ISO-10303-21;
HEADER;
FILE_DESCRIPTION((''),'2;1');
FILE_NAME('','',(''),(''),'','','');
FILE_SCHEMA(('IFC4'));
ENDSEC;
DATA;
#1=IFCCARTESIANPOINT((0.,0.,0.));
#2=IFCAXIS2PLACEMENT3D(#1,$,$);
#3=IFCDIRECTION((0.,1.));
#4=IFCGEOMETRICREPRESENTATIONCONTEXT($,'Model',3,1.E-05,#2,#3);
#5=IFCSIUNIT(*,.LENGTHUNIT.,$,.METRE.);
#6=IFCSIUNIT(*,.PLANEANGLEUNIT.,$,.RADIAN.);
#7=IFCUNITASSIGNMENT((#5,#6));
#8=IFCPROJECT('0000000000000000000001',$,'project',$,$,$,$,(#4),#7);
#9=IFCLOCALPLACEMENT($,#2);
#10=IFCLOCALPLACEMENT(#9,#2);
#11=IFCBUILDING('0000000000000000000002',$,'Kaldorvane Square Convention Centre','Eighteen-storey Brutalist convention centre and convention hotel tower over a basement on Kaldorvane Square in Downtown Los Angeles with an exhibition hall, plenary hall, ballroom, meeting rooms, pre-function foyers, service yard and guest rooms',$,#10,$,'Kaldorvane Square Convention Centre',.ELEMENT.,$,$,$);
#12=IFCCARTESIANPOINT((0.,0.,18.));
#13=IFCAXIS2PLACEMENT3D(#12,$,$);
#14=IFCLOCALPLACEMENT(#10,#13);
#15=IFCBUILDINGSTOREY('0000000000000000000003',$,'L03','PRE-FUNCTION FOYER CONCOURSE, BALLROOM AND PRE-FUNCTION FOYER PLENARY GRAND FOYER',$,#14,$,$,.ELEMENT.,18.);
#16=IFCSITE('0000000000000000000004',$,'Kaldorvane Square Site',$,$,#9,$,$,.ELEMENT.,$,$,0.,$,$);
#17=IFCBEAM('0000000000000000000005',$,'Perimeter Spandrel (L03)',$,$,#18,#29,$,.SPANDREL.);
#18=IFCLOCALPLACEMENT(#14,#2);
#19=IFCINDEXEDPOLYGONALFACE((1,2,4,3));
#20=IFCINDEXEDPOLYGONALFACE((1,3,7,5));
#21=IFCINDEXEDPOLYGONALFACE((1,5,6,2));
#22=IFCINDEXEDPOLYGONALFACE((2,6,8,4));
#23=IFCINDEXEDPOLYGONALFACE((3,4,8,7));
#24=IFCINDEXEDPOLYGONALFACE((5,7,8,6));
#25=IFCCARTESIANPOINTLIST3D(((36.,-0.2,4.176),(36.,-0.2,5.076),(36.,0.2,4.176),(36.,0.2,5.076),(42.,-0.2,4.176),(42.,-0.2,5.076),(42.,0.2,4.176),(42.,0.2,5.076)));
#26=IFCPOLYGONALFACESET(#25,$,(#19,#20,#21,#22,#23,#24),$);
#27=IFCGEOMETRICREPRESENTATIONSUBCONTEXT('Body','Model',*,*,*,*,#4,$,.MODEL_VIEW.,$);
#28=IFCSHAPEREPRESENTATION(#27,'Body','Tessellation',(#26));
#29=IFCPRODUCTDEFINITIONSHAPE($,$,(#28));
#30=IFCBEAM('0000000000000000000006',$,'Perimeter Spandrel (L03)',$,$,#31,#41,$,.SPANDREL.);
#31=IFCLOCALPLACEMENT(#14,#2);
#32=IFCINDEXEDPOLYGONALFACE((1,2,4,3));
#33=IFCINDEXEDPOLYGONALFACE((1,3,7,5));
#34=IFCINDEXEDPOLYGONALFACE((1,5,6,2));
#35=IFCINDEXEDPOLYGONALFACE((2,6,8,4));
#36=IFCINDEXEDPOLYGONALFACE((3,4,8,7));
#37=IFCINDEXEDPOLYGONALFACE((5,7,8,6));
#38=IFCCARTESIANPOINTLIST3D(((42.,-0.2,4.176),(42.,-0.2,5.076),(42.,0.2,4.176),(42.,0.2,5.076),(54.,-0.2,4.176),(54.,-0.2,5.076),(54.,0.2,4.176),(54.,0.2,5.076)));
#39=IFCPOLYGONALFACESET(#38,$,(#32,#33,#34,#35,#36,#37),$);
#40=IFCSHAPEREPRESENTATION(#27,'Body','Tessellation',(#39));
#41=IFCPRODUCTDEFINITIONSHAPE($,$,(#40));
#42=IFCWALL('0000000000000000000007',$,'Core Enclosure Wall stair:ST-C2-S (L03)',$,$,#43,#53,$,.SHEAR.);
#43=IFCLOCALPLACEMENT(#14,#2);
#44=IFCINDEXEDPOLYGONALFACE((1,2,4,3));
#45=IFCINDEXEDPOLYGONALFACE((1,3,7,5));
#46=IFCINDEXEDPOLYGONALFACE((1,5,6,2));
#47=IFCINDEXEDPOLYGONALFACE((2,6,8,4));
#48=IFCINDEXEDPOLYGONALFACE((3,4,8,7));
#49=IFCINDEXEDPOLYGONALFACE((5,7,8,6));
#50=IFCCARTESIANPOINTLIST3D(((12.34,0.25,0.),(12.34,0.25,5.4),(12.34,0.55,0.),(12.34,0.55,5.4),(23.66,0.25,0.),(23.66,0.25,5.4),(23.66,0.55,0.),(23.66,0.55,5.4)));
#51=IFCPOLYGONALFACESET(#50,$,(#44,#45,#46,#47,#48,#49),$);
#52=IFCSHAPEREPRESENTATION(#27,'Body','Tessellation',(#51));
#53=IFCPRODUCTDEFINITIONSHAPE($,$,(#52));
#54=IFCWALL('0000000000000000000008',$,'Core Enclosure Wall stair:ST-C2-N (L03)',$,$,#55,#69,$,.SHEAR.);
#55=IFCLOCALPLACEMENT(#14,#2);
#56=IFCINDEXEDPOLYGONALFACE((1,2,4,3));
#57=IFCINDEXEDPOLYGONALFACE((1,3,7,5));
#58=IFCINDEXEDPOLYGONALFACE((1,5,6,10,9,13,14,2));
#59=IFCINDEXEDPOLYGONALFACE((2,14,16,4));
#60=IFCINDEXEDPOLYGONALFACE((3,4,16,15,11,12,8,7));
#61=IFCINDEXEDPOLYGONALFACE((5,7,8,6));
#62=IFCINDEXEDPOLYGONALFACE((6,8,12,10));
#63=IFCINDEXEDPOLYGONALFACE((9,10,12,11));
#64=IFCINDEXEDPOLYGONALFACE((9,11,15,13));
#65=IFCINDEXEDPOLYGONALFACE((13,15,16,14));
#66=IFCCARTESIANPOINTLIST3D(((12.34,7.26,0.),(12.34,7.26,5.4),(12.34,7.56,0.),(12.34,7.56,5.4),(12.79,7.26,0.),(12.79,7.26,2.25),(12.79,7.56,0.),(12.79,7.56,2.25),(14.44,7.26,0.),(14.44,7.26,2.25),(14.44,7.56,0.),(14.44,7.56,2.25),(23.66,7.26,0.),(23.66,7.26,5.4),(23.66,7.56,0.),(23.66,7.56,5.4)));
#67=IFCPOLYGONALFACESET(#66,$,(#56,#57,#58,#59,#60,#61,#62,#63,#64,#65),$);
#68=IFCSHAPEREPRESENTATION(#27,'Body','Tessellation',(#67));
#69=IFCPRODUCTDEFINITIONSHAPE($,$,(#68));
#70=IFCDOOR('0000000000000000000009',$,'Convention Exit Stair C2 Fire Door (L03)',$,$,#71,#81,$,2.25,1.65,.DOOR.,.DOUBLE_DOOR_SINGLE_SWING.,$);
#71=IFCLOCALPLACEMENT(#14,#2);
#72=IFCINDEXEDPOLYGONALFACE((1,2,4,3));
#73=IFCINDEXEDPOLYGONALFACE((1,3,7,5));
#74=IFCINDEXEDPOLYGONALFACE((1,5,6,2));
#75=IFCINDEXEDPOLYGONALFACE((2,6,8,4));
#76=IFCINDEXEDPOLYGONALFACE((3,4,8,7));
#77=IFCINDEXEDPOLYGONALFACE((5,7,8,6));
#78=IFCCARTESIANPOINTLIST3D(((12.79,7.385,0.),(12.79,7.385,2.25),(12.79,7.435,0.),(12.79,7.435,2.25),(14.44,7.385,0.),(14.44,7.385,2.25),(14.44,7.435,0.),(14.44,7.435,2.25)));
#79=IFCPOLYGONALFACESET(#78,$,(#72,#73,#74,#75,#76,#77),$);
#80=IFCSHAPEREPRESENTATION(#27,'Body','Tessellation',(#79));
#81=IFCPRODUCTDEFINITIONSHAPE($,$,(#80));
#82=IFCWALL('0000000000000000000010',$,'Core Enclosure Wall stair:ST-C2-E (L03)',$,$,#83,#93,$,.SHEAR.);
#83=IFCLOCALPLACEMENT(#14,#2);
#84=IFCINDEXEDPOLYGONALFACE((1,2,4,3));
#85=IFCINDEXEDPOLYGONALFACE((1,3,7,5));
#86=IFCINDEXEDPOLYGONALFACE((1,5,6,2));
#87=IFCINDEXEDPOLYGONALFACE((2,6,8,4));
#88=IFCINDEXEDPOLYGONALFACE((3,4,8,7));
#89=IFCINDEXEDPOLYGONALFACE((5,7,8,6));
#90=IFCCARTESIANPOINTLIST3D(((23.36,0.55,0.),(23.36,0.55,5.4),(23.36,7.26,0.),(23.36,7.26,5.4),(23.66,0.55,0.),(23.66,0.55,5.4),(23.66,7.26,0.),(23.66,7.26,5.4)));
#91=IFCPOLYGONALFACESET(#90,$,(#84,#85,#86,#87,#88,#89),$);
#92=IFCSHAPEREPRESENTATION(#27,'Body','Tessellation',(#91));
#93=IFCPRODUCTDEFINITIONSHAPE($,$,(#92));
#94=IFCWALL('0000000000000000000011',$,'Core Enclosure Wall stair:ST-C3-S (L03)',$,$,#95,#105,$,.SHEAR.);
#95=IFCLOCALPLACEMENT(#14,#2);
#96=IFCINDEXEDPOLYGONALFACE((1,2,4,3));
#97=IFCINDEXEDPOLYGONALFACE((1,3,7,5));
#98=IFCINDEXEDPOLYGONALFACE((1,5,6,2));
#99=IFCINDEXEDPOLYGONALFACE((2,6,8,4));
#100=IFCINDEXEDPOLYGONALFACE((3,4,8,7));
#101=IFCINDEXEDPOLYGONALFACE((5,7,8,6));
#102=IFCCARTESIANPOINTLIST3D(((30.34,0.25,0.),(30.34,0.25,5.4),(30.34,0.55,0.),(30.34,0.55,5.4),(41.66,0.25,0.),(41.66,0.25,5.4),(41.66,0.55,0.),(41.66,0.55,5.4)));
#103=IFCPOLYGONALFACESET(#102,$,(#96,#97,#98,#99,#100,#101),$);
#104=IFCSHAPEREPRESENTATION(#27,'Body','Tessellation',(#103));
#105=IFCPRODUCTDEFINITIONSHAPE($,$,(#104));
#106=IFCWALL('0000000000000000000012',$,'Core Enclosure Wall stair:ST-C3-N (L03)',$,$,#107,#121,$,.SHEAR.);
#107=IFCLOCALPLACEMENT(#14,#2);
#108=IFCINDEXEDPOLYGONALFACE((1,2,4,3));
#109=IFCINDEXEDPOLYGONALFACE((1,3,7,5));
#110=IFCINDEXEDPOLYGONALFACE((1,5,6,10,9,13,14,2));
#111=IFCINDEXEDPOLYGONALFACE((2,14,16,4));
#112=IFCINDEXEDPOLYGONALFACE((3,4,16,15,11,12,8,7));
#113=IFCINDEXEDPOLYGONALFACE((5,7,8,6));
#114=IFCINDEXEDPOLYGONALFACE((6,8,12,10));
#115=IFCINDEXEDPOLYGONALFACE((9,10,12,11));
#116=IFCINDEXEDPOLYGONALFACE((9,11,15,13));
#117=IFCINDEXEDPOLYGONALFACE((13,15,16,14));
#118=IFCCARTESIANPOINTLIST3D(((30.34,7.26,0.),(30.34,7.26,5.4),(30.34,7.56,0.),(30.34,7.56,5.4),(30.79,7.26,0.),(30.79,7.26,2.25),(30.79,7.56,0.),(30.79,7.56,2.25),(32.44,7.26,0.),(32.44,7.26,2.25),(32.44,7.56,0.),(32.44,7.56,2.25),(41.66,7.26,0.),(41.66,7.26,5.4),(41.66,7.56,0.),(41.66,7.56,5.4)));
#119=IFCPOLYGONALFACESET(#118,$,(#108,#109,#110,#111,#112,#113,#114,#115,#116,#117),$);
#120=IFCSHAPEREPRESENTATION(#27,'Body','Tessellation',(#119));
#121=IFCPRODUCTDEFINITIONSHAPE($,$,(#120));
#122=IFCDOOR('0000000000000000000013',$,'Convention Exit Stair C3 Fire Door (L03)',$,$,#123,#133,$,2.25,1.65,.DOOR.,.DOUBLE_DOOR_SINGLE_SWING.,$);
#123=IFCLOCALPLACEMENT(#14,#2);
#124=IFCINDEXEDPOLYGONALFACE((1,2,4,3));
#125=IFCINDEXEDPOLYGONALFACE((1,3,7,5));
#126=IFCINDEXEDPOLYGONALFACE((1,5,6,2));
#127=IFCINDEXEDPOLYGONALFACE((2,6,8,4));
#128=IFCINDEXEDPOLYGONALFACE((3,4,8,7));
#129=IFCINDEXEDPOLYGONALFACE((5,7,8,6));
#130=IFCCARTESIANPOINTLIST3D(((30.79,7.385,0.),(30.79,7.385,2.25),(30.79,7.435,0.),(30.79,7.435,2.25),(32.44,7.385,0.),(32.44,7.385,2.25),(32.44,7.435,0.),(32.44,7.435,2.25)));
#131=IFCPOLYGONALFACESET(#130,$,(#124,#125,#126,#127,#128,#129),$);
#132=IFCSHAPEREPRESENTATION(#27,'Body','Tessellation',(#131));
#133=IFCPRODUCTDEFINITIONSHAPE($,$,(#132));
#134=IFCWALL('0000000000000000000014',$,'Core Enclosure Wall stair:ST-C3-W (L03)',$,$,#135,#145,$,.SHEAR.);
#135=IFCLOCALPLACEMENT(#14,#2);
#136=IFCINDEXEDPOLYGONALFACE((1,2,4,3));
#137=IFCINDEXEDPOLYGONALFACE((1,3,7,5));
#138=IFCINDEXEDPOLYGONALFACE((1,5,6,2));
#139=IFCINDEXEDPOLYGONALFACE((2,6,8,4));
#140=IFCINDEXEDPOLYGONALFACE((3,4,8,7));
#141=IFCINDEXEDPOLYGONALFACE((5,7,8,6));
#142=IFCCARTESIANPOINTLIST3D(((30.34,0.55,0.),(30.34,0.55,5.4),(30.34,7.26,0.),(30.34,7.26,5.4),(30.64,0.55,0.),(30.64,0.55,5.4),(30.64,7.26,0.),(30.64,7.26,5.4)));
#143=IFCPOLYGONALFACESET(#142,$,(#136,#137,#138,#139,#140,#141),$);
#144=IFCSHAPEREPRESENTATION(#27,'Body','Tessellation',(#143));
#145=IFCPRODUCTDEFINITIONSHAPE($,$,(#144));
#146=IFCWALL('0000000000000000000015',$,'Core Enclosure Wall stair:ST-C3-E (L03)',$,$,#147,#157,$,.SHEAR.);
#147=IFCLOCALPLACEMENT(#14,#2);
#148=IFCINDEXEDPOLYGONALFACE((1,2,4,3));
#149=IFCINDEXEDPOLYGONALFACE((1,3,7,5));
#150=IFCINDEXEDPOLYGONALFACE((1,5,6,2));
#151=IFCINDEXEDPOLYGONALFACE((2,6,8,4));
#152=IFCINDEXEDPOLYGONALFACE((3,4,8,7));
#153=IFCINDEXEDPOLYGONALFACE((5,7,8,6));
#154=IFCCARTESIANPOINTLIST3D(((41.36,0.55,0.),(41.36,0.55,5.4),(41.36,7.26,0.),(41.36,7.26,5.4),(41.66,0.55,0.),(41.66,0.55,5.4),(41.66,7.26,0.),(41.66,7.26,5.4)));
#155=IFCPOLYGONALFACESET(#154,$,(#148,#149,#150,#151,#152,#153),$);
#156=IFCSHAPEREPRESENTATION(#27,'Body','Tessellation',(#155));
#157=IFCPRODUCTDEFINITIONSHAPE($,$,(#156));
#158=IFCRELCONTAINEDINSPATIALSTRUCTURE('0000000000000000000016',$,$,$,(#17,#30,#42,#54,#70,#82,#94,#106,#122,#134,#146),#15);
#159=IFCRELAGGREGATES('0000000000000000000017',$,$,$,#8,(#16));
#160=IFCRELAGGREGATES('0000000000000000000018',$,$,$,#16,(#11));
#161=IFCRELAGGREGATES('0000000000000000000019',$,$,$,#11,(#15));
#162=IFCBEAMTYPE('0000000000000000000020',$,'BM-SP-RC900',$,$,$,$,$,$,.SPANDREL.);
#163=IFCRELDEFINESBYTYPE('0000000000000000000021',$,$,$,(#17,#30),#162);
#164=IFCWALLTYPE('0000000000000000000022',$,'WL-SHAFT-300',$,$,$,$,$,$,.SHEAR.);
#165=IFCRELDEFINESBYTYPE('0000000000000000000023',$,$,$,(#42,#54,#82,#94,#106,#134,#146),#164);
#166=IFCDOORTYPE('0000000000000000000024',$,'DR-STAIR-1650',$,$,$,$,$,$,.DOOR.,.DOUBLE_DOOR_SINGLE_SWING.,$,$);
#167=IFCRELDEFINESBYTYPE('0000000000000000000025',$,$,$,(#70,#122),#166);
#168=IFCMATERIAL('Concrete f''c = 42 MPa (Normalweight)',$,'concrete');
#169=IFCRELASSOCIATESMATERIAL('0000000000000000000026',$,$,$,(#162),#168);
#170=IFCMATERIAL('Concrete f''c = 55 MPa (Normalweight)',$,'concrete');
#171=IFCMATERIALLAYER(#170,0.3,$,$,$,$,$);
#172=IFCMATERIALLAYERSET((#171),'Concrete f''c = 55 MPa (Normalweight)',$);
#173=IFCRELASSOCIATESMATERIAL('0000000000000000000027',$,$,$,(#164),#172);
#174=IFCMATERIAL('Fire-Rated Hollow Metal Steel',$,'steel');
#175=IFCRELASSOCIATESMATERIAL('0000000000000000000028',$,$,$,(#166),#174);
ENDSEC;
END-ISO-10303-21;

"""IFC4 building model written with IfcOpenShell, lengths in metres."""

from ifc_helpers import new_model, si_unit, direction, frame, frame_2d, origin, origin_2d, place, context, subcontext, project, spatial, rectangle, extrude, material, layer, layer_set, material_profile, profile_set, type_object, element, fill, save


model = new_model("IFC4")

# Units and contexts
model_context = context("Model", 3, precision=1e-05, world=origin(), true_north=direction((0.0, 1.0)))
body_context = subcontext(model_context, "Body", "Model", "MODEL_VIEW")
ifc_project = project(units=[si_unit("LENGTHUNIT", "METRE"), si_unit("PLANEANGLEUNIT", "RADIAN")], contexts=[model_context])

# Site, building, storey
site_placement = place(None, origin())
site = spatial("IfcSite", under=ifc_project, at=site_placement, Name="Kaldorvane Square Site", CompositionType="ELEMENT", RefElevation=0.0)
building_placement = place(site_placement, origin())
building = spatial("IfcBuilding", under=site, at=building_placement, Name="Kaldorvane Square Convention Centre", Description="Eighteen-storey Brutalist convention centre and convention hotel tower over a basement on Kaldorvane Square in Downtown Los Angeles with an exhibition hall, plenary hall, ballroom, meeting rooms, pre-function foyers, service yard and guest rooms", LongName="Kaldorvane Square Convention Centre", CompositionType="ELEMENT")
storey_placement = place(building_placement, frame((0.0, 0.0, 18.0)))
storey = spatial("IfcBuildingStorey", under=building, at=storey_placement, Name="L03", Description="PRE-FUNCTION FOYER CONCOURSE, BALLROOM AND PRE-FUNCTION FOYER PLENARY GRAND FOYER", CompositionType="ELEMENT", Elevation=18.0)

# Beams
ifc_material_1 = material(Name="Concrete f'c = 42 MPa (Normalweight)", Category="concrete")
ifc_material_profile_1 = material_profile(ifc_material_1, rectangle(XDim=0.4, YDim=0.9, at=origin_2d()), Name="RCSP900X400")
ifc_profile_set_1 = profile_set([ifc_material_profile_1], Name="Concrete f'c = 42 MPa (Normalweight)")
beam_type_1 = type_object("IfcBeamType", Name="BM-SP-RC900", PredefinedType="SPANDREL", material=ifc_profile_set_1)
beam_1_placement = place(storey_placement, frame((36.0, 0.0, 4.626), z_axis=(1.0, 0.0, 0.0), x_axis=(0.0, 1.0, 0.0)))
element("IfcBeam", 1, at=beam_1_placement, inside=storey, type_object=beam_type_1, Name="Perimeter Spandrel (L03)", PredefinedType="SPANDREL", context=body_context, shape_type="SweptSolid", body=[
    extrude(rectangle(XDim=0.4, YDim=0.9, at=origin_2d()), origin(), (0.0, 0.0, 1.0), 6.0),
])
beam_2_placement = place(storey_placement, frame((42.0, 0.0, 4.626), z_axis=(1.0, 0.0, 0.0), x_axis=(0.0, 1.0, 0.0)))
element("IfcBeam", 2, at=beam_2_placement, inside=storey, type_object=beam_type_1, Name="Perimeter Spandrel (L03)", PredefinedType="SPANDREL", context=body_context, shape_type="SweptSolid", body=[
    extrude(rectangle(XDim=0.4, YDim=0.9, at=origin_2d()), origin(), (0.0, 0.0, 1.0), 12.0),
])

# Wall
ifc_material_2 = material(Name="Concrete f'c = 55 MPa (Normalweight)", Category="concrete")
ifc_layer = layer(ifc_material_2, 0.3)
ifc_layer_set = layer_set([ifc_layer], Name="Concrete f'c = 55 MPa (Normalweight)")
wall_type = type_object("IfcWallType", Name="WL-SHAFT-300", PredefinedType="SHEAR", material=ifc_layer_set)
wall_1_placement = place(storey_placement, frame((23.66, 0.4, 0.0), z_axis=(0.0, 0.0, 1.0), x_axis=(-1.0, 0.0, 0.0)))
element("IfcWall", 3, at=wall_1_placement, inside=storey, type_object=wall_type, Name="Core Enclosure Wall stair:ST-C2-S (L03)", PredefinedType="SHEAR", context=body_context, shape_type="SweptSolid", body=[
    extrude(rectangle(XDim=11.32, YDim=0.3, at=frame_2d((5.66, 0.0))), origin(), (0.0, 0.0, 1.0), 5.4),
])

# Wall, opening, door
wall_2_placement = place(storey_placement, frame((23.66, 7.41, 0.0), z_axis=(0.0, 0.0, 1.0), x_axis=(-1.0, 0.0, 0.0)))
wall_2 = element("IfcWall", 4, at=wall_2_placement, inside=storey, type_object=wall_type, Name="Core Enclosure Wall stair:ST-C2-N (L03)", PredefinedType="SHEAR", context=body_context, shape_type="SweptSolid", body=[
    extrude(rectangle(XDim=11.32, YDim=0.3, at=frame_2d((5.66, 0.0))), origin(), (0.0, 0.0, 1.0), 5.4),
])
opening_1_placement = place(wall_2_placement, frame((9.22, 0.0, 0.0)))
opening_1 = element("IfcOpeningElement", 5, at=opening_1_placement, cuts=wall_2, PredefinedType="OPENING", context=body_context, shape_type="SweptSolid", body=[
    extrude(rectangle(XDim=1.65, YDim=2.25, at=frame_2d((0.825, 1.125))), frame((0.0, 0.165, 0.0), z_axis=(0.0, -1.0, 0.0), x_axis=(1.0, 0.0, 0.0)), (0.0, 0.0, 1.0), 0.33),
])
ifc_material_3 = material(Name="Fire-Rated Hollow Metal Steel", Category="steel")
door_type = type_object("IfcDoorType", Name="DR-STAIR-1650", OperationType="DOUBLE_DOOR_SINGLE_SWING", PredefinedType="DOOR", material=ifc_material_3)
door_1_placement = place(opening_1_placement, origin())
door_1 = element("IfcDoor", 6, at=door_1_placement, inside=storey, type_object=door_type, Name="Convention Exit Stair C2 Fire Door (L03)", OperationType="DOUBLE_DOOR_SINGLE_SWING", OverallHeight=2.25, OverallWidth=1.65, PredefinedType="DOOR", context=body_context, shape_type="SweptSolid", body=[
    extrude(rectangle(XDim=1.65, YDim=2.25, at=frame_2d((0.825, 1.125))), frame((0.0, 0.025, 0.0), z_axis=(0.0, -1.0, 0.0), x_axis=(1.0, 0.0, 0.0)), (0.0, 0.0, 1.0), 0.05),
])
fill(opening_1, door_1)

# Walls
wall_3_placement = place(storey_placement, frame((23.51, 0.55, 0.0), z_axis=(0.0, 0.0, 1.0), x_axis=(0.0, 1.0, 0.0)))
element("IfcWall", 7, at=wall_3_placement, inside=storey, type_object=wall_type, Name="Core Enclosure Wall stair:ST-C2-E (L03)", PredefinedType="SHEAR", context=body_context, shape_type="SweptSolid", body=[
    extrude(rectangle(XDim=6.71, YDim=0.3, at=frame_2d((3.355, 0.0))), origin(), (0.0, 0.0, 1.0), 5.4),
])
wall_4_placement = place(storey_placement, frame((41.66, 0.4, 0.0), z_axis=(0.0, 0.0, 1.0), x_axis=(-1.0, 0.0, 0.0)))
element("IfcWall", 8, at=wall_4_placement, inside=storey, type_object=wall_type, Name="Core Enclosure Wall stair:ST-C3-S (L03)", PredefinedType="SHEAR", context=body_context, shape_type="SweptSolid", body=[
    extrude(rectangle(XDim=11.32, YDim=0.3, at=frame_2d((5.66, 0.0))), origin(), (0.0, 0.0, 1.0), 5.4),
])

# Wall, opening, door
wall_5_placement = place(storey_placement, frame((41.66, 7.41, 0.0), z_axis=(0.0, 0.0, 1.0), x_axis=(-1.0, 0.0, 0.0)))
wall_5 = element("IfcWall", 9, at=wall_5_placement, inside=storey, type_object=wall_type, Name="Core Enclosure Wall stair:ST-C3-N (L03)", PredefinedType="SHEAR", context=body_context, shape_type="SweptSolid", body=[
    extrude(rectangle(XDim=11.32, YDim=0.3, at=frame_2d((5.66, 0.0))), origin(), (0.0, 0.0, 1.0), 5.4),
])
opening_2_placement = place(wall_5_placement, frame((9.22, 0.0, 0.0)))
opening_2 = element("IfcOpeningElement", 10, at=opening_2_placement, cuts=wall_5, PredefinedType="OPENING", context=body_context, shape_type="SweptSolid", body=[
    extrude(rectangle(XDim=1.65, YDim=2.25, at=frame_2d((0.825, 1.125))), frame((0.0, 0.165, 0.0), z_axis=(0.0, -1.0, 0.0), x_axis=(1.0, 0.0, 0.0)), (0.0, 0.0, 1.0), 0.33),
])
door_2_placement = place(opening_2_placement, origin())
door_2 = element("IfcDoor", 11, at=door_2_placement, inside=storey, type_object=door_type, Name="Convention Exit Stair C3 Fire Door (L03)", OperationType="DOUBLE_DOOR_SINGLE_SWING", OverallHeight=2.25, OverallWidth=1.65, PredefinedType="DOOR", context=body_context, shape_type="SweptSolid", body=[
    extrude(rectangle(XDim=1.65, YDim=2.25, at=frame_2d((0.825, 1.125))), frame((0.0, 0.025, 0.0), z_axis=(0.0, -1.0, 0.0), x_axis=(1.0, 0.0, 0.0)), (0.0, 0.0, 1.0), 0.05),
])
fill(opening_2, door_2)

# Walls
for number, where, z_axis, x_axis, name in (
    (12, (30.49, 7.26, 0.0), (0.0, 0.0, 1.0), (0.0, -1.0, 0.0), "Core Enclosure Wall stair:ST-C3-W (L03)"),
    (13, (41.51, 0.55, 0.0), (0.0, 0.0, 1.0), (0.0, 1.0, 0.0), "Core Enclosure Wall stair:ST-C3-E (L03)"),
):
    element("IfcWall", number, at=place(storey_placement, frame(where, z_axis=z_axis, x_axis=x_axis)), inside=storey, type_object=wall_type, Name=name, PredefinedType="SHEAR", context=body_context, shape_type="SweptSolid", body=[
        extrude(rectangle(XDim=6.71, YDim=0.3, at=frame_2d((3.355, 0.0))), origin(), (0.0, 0.0, 1.0), 5.4),
    ])

save(model, "model.ifc")
